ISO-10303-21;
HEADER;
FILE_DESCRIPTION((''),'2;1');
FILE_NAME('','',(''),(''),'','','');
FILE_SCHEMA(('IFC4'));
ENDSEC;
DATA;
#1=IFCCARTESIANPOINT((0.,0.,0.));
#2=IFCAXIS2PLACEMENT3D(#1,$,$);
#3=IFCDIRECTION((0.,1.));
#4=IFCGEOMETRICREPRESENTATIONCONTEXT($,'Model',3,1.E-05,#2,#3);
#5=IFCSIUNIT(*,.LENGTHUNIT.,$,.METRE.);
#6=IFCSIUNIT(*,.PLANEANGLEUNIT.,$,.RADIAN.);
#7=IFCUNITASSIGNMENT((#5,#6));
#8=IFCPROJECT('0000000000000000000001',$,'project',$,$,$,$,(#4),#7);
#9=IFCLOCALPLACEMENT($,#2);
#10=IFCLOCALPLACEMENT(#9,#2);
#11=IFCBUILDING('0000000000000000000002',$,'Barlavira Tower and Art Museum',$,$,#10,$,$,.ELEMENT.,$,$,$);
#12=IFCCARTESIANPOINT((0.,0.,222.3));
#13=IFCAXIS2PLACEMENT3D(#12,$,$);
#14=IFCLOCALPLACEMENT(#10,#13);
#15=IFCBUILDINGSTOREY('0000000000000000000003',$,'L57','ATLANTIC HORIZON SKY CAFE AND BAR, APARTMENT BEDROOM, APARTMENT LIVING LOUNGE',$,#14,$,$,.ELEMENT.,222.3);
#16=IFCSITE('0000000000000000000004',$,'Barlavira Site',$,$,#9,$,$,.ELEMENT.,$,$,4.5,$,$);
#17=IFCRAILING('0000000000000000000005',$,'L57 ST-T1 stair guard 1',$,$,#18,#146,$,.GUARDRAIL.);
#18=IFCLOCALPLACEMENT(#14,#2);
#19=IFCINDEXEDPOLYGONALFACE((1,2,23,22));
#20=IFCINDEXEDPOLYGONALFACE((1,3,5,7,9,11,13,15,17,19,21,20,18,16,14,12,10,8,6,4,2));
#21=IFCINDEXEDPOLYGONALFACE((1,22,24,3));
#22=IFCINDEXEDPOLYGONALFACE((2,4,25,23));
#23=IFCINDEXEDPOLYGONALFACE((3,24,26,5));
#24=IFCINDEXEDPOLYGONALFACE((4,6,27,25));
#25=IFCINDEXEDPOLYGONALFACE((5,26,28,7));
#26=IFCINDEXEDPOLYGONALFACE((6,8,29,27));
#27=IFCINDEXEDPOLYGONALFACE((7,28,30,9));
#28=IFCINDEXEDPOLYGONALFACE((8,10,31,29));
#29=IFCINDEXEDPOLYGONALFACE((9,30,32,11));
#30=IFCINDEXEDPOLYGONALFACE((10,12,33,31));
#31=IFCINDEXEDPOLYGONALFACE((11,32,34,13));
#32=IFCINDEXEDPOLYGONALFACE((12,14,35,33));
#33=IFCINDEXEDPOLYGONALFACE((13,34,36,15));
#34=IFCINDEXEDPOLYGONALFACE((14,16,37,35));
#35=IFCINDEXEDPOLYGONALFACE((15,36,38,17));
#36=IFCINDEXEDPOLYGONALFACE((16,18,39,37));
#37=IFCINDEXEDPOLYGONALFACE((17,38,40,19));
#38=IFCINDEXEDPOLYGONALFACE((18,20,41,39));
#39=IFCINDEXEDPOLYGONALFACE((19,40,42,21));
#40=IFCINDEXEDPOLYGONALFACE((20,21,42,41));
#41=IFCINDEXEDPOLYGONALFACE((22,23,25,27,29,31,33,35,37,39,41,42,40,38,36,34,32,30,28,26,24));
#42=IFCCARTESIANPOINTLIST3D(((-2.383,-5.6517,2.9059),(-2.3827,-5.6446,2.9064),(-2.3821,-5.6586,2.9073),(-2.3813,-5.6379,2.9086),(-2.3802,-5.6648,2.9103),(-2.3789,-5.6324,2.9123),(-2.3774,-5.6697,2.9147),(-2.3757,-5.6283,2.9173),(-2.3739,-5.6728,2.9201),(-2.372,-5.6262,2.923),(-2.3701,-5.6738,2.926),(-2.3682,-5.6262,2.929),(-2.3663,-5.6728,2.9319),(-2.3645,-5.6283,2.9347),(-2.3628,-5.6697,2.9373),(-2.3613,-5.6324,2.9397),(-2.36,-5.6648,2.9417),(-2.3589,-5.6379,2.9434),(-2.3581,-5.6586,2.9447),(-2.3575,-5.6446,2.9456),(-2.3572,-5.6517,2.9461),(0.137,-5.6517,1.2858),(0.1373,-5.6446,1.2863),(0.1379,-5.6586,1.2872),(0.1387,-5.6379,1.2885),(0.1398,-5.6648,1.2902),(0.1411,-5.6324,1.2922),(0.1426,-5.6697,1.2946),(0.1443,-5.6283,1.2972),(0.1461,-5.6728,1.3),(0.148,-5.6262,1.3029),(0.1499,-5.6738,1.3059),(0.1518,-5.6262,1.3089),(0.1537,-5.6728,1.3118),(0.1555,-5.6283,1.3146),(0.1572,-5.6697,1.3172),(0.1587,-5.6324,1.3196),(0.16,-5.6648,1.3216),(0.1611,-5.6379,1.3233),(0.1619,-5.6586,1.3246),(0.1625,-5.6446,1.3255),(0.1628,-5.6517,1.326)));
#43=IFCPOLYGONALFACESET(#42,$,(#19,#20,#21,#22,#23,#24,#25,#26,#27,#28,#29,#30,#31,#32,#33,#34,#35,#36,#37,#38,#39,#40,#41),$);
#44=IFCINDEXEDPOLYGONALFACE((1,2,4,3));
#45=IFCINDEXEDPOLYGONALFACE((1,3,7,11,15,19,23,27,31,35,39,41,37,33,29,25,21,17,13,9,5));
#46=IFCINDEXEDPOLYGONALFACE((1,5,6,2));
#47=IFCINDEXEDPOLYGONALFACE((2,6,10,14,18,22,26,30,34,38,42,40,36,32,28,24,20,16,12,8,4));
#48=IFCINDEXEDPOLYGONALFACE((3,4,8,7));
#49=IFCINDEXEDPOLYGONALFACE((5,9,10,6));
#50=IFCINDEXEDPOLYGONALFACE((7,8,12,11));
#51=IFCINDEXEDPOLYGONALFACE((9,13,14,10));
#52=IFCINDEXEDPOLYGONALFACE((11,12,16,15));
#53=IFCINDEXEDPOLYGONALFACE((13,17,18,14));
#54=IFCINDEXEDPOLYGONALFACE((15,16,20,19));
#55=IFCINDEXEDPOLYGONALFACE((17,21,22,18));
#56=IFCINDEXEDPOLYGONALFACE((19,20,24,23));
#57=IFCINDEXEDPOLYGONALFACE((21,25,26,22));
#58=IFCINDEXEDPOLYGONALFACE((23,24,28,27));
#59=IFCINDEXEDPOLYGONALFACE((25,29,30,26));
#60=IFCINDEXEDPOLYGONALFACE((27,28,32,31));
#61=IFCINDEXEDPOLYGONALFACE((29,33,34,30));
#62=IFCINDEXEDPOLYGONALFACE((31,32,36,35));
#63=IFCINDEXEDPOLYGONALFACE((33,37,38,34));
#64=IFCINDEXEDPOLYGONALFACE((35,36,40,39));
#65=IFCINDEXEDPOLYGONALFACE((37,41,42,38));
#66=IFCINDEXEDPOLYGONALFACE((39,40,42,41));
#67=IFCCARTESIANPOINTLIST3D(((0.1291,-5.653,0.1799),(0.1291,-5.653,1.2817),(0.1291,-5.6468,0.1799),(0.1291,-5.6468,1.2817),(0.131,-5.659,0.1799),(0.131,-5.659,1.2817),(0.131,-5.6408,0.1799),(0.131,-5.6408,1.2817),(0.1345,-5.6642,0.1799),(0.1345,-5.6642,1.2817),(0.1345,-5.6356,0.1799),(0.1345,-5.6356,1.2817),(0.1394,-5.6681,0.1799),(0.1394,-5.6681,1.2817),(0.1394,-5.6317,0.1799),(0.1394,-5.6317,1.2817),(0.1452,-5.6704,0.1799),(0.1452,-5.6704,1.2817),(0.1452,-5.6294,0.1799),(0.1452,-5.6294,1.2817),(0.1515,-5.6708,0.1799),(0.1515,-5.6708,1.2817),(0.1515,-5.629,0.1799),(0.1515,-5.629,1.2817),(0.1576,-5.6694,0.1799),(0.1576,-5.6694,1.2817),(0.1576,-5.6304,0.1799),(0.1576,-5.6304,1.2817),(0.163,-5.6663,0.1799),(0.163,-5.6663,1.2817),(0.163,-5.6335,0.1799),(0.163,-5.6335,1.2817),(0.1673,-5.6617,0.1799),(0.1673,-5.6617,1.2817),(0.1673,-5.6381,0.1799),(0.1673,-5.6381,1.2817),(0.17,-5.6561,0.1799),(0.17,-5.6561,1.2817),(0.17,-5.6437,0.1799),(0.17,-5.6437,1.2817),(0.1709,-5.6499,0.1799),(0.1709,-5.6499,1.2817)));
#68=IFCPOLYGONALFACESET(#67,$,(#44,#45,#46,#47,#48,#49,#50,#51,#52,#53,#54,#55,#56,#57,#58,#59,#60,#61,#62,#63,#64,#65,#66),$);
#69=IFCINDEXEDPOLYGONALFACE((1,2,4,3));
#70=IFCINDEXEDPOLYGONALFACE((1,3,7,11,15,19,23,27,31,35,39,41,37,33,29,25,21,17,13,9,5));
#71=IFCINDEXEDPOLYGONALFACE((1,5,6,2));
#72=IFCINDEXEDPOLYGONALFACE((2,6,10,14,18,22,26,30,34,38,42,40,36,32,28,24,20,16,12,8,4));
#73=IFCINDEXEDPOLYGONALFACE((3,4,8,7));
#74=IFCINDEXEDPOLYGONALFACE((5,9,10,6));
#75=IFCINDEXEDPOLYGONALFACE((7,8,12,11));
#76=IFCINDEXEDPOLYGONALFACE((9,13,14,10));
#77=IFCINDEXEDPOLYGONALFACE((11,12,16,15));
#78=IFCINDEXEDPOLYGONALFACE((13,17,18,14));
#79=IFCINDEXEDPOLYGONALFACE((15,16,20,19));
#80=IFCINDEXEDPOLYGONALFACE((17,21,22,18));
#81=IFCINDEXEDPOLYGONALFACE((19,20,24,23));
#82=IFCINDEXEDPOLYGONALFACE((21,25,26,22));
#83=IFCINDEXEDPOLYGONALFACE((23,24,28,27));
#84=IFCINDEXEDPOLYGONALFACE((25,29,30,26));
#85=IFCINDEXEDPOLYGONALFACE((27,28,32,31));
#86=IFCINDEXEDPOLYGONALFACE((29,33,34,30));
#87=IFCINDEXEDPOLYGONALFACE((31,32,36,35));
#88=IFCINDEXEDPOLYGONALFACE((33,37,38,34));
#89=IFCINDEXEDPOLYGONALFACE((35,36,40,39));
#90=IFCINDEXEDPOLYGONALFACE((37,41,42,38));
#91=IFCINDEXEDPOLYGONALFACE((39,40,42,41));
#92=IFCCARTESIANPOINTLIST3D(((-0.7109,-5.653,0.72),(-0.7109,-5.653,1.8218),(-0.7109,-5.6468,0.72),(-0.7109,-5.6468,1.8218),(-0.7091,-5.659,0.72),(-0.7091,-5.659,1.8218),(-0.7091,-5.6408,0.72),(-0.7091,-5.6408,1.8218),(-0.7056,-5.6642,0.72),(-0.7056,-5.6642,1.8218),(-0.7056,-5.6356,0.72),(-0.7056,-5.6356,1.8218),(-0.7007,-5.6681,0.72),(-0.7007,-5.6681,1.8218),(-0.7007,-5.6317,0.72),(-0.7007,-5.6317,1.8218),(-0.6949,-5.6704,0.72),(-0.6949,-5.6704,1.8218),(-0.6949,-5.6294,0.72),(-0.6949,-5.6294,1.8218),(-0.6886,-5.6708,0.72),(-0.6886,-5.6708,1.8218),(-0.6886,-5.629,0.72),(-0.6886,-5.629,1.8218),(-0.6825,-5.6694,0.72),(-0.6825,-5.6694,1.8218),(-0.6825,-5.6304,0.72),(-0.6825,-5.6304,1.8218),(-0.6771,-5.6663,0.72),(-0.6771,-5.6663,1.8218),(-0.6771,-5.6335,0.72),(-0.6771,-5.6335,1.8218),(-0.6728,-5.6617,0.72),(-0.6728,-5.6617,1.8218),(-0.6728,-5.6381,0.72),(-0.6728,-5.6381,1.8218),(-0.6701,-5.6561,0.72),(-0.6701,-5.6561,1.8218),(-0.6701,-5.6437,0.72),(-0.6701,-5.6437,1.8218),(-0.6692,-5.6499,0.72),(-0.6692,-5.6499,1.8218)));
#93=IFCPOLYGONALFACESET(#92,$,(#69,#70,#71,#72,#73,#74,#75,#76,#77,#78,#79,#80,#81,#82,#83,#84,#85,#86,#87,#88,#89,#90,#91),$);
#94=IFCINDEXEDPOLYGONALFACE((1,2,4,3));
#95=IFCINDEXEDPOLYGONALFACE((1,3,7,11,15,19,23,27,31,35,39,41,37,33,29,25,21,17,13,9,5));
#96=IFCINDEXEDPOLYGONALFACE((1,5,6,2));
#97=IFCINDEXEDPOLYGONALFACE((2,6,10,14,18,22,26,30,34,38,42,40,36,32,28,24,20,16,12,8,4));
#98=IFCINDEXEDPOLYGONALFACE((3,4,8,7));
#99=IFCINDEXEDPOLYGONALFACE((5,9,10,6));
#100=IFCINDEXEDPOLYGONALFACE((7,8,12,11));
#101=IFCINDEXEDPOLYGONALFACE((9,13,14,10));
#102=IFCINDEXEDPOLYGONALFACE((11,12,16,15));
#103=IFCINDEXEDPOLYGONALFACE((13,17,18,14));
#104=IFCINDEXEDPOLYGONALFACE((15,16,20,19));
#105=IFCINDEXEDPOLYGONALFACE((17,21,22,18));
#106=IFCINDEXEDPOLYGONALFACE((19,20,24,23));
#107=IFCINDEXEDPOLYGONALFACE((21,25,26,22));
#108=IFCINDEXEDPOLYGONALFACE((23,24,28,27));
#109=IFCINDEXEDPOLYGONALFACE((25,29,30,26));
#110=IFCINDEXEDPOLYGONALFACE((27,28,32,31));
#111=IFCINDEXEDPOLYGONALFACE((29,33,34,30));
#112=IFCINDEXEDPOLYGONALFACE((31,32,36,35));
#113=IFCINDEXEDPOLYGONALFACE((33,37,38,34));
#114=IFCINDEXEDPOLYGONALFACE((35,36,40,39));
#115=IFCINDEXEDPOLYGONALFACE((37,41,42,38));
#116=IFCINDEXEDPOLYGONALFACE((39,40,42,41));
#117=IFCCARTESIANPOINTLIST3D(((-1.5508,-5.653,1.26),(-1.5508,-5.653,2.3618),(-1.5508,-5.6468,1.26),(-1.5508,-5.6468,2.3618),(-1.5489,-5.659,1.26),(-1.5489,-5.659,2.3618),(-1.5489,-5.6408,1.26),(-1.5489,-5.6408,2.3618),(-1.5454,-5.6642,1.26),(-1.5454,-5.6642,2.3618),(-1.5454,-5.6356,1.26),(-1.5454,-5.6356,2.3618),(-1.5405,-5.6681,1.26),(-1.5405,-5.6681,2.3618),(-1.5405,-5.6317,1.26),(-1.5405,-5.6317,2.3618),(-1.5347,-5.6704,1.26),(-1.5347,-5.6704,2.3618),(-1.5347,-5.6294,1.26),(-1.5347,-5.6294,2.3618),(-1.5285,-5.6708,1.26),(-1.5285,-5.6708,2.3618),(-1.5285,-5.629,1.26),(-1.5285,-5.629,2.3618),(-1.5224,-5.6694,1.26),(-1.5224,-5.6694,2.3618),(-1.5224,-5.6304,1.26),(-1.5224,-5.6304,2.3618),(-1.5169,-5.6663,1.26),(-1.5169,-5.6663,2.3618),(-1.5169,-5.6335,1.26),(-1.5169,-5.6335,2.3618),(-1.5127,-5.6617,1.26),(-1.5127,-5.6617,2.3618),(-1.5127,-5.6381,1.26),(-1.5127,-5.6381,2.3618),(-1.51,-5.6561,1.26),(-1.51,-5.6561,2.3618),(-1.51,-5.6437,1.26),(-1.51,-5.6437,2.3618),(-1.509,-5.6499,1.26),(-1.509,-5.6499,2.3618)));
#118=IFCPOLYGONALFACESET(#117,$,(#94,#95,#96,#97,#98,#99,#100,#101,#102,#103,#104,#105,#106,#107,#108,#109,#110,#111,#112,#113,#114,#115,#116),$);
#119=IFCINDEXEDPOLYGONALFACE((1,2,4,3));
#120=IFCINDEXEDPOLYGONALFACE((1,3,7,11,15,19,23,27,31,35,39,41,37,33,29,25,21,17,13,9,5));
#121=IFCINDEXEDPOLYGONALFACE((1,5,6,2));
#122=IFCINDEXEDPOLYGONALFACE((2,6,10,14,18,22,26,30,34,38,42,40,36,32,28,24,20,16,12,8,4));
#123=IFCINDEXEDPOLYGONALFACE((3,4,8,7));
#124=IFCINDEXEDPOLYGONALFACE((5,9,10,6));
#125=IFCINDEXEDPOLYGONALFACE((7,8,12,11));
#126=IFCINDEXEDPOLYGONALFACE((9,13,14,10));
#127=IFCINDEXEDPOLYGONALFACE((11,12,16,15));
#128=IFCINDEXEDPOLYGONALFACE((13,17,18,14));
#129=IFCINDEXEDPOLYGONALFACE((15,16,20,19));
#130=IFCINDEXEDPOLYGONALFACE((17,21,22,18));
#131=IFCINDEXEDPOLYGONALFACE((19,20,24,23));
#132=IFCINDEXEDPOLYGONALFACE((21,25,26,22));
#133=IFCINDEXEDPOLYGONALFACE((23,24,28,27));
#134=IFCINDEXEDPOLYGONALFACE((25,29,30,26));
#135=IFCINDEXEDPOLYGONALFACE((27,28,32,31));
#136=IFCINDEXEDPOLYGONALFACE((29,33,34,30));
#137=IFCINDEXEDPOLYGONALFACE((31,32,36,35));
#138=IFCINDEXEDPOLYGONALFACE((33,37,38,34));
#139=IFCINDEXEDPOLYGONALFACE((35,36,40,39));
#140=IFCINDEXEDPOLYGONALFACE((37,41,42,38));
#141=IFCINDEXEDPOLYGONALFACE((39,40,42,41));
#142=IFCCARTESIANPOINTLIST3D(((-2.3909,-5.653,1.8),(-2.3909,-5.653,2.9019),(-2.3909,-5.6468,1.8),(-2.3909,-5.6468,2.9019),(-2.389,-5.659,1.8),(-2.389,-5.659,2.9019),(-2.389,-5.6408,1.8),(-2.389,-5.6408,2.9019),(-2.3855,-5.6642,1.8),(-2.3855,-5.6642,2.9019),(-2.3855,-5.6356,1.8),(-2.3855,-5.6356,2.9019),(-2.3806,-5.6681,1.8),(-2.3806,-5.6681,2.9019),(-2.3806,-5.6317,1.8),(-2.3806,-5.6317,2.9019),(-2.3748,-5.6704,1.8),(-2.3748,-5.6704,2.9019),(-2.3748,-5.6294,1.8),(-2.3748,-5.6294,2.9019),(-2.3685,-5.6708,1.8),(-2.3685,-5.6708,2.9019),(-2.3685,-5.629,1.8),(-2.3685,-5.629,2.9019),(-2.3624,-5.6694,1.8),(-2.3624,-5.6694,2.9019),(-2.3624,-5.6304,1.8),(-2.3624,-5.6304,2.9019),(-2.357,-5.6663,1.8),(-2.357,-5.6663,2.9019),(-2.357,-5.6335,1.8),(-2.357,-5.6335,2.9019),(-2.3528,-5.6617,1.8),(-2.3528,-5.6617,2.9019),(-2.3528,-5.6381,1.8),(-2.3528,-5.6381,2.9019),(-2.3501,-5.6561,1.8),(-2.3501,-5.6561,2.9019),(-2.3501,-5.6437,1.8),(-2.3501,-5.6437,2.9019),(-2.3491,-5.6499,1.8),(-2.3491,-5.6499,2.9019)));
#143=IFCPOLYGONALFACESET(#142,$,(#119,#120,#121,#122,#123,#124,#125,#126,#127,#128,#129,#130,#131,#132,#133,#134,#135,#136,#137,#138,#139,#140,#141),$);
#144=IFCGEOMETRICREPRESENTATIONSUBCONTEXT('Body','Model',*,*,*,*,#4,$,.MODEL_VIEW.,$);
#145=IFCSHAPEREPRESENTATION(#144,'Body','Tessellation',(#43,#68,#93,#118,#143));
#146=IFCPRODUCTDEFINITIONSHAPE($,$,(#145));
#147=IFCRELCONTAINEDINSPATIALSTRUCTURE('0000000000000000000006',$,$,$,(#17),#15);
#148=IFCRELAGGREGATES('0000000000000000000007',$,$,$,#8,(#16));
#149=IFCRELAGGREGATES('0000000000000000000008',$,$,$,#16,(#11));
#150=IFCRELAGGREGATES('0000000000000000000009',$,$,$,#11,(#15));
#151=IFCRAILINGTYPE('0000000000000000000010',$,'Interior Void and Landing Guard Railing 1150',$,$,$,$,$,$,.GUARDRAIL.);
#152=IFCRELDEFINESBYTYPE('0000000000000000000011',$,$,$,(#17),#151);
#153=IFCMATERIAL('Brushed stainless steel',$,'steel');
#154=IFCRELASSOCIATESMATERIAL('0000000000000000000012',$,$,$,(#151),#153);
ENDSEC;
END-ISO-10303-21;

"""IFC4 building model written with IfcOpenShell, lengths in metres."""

from ifc_helpers import new_model, si_unit, direction, frame, origin, origin_2d, place, context, subcontext, project, spatial, circle, extrude, material, type_object, element, save


model = new_model("IFC4")

# Units and contexts
model_context = context("Model", 3, precision=1e-05, world=origin(), true_north=direction((0.0, 1.0)))
body_context = subcontext(model_context, "Body", "Model", "MODEL_VIEW")
ifc_project = project(units=[si_unit("LENGTHUNIT", "METRE"), si_unit("PLANEANGLEUNIT", "RADIAN")], contexts=[model_context])

# Site, building, storey
site_placement = place(None, origin())
site = spatial("IfcSite", under=ifc_project, at=site_placement, Name="Barlavira Site", CompositionType="ELEMENT", RefElevation=4.5)
building_placement = place(site_placement, origin())
building = spatial("IfcBuilding", under=site, at=building_placement, Name="Barlavira Tower and Art Museum", CompositionType="ELEMENT")
storey_placement = place(building_placement, frame((0.0, 0.0, 222.3)))
storey = spatial("IfcBuildingStorey", under=building, at=storey_placement, Name="L57", Description="ATLANTIC HORIZON SKY CAFE AND BAR, APARTMENT BEDROOM, APARTMENT LIVING LOUNGE", CompositionType="ELEMENT", Elevation=222.3)

# Shared definitions
ifc_material_1 = material(Name="Brushed stainless steel", Category="steel")

# Railing
railing_type_1 = type_object("IfcRailingType", Name="Interior Void and Landing Guard Railing 1150", PredefinedType="GUARDRAIL", material=ifc_material_1)
railing_1_placement = place(storey_placement, frame((0.1499, -5.6499, 0.1799)))
element("IfcRailing", 1, at=railing_1_placement, inside=storey, type_object=railing_type_1, Name="L57 ST-T1 stair guard 1", PredefinedType="GUARDRAIL", context=body_context, shape_type="SweptSolid", body=[
    extrude(circle(Radius=0.0239, at=origin_2d()), frame((0.0, 0.0, 1.126), z_axis=(-0.841163, 0.0, 0.540782), x_axis=(0.0, -1.0, 0.0)), (0.0, 0.0, 1.0), 2.9958),
    extrude(circle(Radius=0.021, at=origin_2d()), origin(), (0.0, 0.0, 1.0), 1.1018),
    extrude(circle(Radius=0.021, at=origin_2d()), frame((-0.8401, 0.0, 0.54)), (0.0, 0.0, 1.0), 1.1018),
    extrude(circle(Radius=0.021, at=origin_2d()), frame((-1.6799, 0.0, 1.0801)), (0.0, 0.0, 1.0), 1.1018),
    extrude(circle(Radius=0.021, at=origin_2d()), frame((-2.52, 0.0, 1.6201)), (0.0, 0.0, 1.0), 1.1018),
])

save(model, "model.ifc")
